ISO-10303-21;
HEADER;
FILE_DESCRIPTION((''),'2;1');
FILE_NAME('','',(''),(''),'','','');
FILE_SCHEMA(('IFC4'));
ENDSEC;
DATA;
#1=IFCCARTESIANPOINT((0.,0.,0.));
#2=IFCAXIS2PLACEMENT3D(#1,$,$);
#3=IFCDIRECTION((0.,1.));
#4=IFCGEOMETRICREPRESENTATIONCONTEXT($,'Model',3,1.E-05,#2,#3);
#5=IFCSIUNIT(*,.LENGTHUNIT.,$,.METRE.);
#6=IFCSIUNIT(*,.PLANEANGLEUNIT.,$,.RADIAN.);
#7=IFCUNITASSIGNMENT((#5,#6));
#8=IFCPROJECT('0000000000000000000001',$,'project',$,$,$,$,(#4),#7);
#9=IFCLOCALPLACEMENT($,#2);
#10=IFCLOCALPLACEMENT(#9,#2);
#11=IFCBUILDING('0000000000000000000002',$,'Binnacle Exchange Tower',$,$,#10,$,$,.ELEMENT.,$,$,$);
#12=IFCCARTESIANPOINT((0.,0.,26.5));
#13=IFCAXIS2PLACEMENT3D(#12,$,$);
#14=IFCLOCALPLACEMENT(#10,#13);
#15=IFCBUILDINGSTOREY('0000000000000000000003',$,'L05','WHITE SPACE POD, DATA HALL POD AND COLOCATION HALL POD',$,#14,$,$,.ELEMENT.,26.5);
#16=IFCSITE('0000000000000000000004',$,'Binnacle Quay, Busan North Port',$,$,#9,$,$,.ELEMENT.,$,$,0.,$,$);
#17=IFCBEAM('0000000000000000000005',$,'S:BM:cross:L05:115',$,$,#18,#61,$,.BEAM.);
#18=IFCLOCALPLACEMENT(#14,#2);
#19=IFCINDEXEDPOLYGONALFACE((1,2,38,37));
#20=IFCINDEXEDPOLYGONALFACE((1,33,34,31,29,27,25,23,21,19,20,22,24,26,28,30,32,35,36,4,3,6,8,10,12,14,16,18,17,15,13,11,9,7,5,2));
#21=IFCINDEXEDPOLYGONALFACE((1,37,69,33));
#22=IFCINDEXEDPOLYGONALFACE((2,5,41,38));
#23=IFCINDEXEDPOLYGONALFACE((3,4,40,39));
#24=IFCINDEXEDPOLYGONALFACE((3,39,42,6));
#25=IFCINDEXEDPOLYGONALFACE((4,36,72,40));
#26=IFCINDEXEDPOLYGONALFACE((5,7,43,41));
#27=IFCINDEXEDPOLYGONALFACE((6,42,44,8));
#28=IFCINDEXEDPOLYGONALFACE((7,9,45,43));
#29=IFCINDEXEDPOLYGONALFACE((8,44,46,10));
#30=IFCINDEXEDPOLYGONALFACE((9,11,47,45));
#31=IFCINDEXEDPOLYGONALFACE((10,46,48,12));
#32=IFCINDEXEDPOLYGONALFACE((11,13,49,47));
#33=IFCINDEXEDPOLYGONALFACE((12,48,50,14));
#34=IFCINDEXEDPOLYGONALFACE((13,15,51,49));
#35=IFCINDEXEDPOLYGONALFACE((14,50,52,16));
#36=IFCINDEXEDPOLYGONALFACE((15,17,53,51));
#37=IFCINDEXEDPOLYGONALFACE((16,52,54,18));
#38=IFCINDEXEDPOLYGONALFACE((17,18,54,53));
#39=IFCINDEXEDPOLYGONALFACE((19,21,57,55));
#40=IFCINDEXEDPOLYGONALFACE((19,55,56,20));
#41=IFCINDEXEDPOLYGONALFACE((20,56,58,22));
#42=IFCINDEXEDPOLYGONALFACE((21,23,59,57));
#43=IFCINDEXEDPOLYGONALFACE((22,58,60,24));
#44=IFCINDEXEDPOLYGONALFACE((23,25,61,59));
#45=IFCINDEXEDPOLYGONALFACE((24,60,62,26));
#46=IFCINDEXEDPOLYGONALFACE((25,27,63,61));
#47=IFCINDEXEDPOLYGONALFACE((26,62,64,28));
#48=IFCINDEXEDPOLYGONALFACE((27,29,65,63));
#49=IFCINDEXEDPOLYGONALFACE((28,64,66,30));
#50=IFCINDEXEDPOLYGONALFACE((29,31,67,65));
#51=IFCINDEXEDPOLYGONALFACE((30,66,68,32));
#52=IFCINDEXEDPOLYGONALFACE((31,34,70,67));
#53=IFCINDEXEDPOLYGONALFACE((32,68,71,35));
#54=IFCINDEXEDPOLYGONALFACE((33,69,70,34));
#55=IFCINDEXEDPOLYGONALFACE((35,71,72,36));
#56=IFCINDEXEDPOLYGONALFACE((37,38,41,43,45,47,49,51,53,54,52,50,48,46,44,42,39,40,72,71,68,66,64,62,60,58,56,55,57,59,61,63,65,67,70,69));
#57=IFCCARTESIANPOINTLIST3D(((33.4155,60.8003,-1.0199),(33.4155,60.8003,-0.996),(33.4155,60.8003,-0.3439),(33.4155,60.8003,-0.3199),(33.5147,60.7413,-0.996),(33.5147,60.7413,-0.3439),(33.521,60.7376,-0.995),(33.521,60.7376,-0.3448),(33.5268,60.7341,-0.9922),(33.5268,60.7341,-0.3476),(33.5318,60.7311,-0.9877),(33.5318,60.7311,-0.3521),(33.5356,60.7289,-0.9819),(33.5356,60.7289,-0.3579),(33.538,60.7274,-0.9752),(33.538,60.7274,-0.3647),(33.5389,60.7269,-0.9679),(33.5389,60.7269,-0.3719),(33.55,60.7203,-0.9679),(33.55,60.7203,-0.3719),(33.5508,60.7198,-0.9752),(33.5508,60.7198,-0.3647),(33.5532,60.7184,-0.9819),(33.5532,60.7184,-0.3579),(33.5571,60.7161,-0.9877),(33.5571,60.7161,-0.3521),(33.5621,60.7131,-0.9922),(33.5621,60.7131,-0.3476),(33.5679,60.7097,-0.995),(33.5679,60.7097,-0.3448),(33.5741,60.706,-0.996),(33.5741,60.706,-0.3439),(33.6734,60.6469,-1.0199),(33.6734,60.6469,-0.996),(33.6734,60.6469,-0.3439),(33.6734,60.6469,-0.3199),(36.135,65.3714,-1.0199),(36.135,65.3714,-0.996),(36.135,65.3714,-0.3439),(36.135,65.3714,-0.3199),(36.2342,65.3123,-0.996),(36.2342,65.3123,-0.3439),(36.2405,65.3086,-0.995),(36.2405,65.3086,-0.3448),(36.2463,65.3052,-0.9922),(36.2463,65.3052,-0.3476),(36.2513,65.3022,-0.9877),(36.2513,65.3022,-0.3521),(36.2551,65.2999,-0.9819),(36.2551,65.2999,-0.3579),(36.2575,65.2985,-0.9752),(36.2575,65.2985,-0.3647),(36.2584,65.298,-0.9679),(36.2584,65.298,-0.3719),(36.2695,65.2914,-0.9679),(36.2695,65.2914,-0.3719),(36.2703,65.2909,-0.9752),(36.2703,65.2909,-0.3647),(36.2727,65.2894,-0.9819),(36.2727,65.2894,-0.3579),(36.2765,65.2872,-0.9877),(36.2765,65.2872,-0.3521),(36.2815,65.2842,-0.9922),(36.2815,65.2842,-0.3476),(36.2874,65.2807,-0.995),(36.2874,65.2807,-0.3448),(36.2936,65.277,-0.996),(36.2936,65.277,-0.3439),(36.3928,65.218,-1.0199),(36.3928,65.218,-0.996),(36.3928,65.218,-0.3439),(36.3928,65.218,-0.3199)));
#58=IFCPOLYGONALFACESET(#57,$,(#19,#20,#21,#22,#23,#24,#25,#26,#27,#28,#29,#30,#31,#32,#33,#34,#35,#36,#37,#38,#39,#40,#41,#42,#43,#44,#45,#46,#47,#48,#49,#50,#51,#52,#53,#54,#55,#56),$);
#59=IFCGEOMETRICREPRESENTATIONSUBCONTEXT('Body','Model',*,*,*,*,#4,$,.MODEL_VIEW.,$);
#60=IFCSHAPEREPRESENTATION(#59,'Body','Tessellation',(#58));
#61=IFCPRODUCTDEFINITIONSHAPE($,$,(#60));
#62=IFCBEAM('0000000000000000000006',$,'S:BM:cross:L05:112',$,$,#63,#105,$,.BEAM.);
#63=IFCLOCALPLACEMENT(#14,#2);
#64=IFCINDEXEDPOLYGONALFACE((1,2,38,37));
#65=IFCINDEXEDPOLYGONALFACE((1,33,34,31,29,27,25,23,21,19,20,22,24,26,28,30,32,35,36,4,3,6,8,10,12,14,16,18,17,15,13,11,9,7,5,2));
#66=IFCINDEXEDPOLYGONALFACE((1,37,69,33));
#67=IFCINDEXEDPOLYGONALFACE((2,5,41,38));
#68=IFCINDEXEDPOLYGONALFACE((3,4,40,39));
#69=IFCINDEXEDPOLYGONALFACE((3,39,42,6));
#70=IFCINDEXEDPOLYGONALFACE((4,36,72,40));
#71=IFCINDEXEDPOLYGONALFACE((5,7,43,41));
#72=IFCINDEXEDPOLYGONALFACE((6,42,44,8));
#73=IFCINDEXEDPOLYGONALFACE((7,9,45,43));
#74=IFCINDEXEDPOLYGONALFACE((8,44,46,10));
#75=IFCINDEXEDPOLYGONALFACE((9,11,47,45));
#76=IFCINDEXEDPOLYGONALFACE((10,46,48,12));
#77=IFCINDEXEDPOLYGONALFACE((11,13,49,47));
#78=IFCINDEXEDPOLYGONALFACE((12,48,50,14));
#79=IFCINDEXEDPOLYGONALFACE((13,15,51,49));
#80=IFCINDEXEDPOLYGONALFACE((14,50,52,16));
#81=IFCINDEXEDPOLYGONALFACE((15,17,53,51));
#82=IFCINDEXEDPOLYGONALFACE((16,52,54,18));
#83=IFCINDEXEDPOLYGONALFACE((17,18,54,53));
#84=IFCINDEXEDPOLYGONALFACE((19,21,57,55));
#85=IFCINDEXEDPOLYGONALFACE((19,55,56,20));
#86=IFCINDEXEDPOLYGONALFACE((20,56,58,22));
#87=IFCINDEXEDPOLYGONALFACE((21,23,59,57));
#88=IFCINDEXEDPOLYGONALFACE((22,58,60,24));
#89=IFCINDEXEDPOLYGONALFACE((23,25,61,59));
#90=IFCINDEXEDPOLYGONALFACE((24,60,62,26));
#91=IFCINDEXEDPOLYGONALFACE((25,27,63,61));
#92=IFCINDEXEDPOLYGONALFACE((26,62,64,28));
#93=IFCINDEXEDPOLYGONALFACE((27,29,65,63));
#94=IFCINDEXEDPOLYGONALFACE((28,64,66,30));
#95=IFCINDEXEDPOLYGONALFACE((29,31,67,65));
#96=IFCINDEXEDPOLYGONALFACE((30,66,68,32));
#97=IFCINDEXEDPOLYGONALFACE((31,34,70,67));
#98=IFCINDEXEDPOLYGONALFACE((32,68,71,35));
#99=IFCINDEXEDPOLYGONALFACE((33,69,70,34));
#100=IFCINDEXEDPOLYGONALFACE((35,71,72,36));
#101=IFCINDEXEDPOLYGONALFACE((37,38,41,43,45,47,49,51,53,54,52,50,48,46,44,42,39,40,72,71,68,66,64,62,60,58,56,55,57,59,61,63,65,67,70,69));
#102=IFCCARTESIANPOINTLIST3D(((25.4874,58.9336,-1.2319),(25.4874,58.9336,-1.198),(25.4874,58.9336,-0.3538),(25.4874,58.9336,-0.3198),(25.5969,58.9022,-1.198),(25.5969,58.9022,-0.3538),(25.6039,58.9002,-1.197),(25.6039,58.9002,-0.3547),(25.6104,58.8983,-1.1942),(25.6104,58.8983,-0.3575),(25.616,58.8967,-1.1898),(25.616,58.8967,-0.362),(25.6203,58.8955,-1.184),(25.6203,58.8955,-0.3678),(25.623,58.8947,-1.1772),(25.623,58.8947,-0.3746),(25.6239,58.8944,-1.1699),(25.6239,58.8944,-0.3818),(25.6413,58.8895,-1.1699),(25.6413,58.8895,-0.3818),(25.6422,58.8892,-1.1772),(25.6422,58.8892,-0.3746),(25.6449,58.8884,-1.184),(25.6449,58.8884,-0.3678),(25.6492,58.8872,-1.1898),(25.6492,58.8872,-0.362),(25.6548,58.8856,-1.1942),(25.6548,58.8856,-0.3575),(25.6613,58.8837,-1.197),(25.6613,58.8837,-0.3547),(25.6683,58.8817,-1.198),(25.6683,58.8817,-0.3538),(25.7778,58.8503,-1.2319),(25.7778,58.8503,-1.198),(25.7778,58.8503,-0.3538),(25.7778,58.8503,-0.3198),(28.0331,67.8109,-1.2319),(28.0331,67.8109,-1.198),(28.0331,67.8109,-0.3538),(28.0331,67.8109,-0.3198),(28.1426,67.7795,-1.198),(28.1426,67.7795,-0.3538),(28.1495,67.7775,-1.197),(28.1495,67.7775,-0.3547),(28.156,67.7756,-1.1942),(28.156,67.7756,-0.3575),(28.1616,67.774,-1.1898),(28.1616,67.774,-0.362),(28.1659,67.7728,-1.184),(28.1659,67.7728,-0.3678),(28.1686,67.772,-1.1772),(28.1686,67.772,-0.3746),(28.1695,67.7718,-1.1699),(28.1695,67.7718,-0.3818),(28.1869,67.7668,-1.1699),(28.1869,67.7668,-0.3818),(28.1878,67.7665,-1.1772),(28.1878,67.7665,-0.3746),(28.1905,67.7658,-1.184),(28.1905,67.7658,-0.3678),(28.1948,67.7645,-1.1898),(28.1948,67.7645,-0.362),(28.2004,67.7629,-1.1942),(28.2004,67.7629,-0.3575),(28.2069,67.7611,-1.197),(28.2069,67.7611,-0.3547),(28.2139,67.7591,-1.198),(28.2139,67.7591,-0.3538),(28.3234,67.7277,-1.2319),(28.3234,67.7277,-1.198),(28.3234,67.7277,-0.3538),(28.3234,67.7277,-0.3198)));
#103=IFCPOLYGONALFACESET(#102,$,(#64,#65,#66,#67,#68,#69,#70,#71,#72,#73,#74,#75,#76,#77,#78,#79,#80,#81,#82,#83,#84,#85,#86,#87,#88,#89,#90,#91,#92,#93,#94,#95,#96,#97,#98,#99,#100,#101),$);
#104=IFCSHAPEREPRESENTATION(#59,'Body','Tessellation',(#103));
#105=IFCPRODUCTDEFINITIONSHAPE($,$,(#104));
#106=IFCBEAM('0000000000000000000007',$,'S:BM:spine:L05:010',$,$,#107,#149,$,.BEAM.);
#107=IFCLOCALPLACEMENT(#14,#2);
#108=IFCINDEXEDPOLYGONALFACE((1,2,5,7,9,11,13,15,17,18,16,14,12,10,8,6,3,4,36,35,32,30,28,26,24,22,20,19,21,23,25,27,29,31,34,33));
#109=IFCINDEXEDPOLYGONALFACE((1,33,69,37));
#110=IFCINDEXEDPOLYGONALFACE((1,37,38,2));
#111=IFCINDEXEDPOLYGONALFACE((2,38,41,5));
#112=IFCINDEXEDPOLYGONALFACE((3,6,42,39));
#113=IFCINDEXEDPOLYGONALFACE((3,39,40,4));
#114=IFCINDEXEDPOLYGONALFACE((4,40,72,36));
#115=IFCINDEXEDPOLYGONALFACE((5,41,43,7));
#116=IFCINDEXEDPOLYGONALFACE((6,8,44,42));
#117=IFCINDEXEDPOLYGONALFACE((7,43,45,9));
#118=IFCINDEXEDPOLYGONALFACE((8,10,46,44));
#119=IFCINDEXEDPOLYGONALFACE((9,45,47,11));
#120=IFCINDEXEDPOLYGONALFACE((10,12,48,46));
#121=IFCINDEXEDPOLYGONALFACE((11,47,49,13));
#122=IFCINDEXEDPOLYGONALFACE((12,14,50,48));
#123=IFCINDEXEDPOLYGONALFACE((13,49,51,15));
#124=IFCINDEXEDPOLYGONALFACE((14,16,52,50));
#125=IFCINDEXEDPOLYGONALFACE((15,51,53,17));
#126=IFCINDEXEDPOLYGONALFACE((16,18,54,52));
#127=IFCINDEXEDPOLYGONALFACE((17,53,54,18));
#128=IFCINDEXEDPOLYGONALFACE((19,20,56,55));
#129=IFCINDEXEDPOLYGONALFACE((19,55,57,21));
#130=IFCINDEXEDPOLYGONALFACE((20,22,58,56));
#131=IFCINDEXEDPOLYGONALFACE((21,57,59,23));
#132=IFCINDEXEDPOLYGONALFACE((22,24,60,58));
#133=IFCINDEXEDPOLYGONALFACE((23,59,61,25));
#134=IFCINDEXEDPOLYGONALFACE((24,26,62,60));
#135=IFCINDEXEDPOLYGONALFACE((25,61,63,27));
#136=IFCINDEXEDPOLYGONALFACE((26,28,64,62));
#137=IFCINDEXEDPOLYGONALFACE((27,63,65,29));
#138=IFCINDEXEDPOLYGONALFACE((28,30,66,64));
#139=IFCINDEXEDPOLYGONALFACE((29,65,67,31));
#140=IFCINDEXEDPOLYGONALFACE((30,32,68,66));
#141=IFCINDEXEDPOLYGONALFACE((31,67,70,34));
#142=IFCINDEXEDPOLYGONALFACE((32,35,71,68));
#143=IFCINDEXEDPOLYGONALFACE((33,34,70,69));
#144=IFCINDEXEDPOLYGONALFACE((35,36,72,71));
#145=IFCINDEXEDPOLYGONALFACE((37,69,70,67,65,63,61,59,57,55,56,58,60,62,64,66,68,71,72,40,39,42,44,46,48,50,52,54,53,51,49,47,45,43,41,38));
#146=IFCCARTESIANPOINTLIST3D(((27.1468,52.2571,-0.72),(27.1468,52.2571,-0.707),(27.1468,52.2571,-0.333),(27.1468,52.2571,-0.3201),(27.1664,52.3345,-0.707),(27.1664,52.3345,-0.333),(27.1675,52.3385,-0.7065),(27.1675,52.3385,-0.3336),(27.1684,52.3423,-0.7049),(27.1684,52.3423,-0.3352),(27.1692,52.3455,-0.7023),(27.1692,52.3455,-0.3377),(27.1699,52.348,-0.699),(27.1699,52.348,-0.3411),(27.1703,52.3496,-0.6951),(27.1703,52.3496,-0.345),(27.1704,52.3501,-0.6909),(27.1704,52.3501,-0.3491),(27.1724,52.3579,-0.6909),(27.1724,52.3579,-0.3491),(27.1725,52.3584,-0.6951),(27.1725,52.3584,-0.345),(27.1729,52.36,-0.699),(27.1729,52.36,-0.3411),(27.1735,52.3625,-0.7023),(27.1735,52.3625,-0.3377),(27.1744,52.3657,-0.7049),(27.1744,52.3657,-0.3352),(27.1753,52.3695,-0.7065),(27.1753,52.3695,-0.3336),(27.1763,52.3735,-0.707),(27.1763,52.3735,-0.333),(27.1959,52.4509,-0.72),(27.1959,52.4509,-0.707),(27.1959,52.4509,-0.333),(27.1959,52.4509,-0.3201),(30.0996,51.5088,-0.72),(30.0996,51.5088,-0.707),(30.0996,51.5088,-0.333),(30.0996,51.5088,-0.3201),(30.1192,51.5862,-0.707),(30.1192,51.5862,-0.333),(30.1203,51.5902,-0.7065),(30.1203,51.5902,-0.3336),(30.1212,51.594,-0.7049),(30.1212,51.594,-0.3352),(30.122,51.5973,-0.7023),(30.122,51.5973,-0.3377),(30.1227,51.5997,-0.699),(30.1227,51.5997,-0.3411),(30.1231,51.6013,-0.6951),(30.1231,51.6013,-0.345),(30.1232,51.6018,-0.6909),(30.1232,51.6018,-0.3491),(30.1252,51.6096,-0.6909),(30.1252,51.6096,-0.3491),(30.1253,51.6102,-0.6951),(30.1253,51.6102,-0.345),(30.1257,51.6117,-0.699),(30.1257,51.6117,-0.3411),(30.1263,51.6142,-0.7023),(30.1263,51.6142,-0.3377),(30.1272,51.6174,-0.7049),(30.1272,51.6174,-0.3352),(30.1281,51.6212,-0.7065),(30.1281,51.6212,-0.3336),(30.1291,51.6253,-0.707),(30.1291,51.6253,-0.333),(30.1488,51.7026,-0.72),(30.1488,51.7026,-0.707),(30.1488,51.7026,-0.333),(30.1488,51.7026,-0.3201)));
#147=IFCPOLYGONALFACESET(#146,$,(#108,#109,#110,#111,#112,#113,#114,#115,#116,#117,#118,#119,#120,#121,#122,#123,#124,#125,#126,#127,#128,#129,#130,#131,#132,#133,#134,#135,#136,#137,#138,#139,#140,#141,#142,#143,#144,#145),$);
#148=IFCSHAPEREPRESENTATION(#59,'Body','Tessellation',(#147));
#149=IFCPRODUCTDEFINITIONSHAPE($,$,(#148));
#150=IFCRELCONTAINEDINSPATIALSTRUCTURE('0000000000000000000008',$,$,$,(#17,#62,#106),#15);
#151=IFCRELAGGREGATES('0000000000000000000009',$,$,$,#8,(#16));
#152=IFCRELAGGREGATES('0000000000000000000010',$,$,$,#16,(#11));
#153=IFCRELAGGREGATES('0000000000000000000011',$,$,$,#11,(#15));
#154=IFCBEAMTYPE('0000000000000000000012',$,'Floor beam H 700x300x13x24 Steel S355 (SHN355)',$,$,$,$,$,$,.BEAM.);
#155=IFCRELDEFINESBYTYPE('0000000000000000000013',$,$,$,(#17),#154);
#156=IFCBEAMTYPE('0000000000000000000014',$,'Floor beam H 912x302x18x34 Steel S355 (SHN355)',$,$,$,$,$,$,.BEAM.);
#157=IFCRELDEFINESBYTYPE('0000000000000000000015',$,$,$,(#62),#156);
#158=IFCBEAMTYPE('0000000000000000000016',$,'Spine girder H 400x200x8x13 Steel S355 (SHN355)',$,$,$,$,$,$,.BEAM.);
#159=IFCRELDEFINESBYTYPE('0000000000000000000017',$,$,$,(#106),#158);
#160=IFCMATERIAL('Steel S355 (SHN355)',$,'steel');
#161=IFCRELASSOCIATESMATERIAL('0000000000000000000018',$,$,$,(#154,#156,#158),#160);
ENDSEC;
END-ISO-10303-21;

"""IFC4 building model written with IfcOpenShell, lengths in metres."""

from ifc_helpers import new_model, si_unit, direction, frame, origin, origin_2d, place, context, subcontext, project, spatial, i_section, extrude, material, material_profile, profile_set, type_object, element, save


model = new_model("IFC4")

# Units and contexts
model_context = context("Model", 3, precision=1e-05, world=origin(), true_north=direction((0.0, 1.0)))
body_context = subcontext(model_context, "Body", "Model", "MODEL_VIEW")
ifc_project = project(units=[si_unit("LENGTHUNIT", "METRE"), si_unit("PLANEANGLEUNIT", "RADIAN")], contexts=[model_context])

# Site, building, storey
site_placement = place(None, origin())
site = spatial("IfcSite", under=ifc_project, at=site_placement, Name="Binnacle Quay, Busan North Port", CompositionType="ELEMENT", RefElevation=0.0)
building_placement = place(site_placement, origin())
building = spatial("IfcBuilding", under=site, at=building_placement, Name="Binnacle Exchange Tower", CompositionType="ELEMENT")
storey_placement = place(building_placement, frame((0.0, 0.0, 26.5)))
storey = spatial("IfcBuildingStorey", under=building, at=storey_placement, Name="L05", Description="WHITE SPACE POD, DATA HALL POD AND COLOCATION HALL POD", CompositionType="ELEMENT", Elevation=26.5)

# Beams
ifc_material_1 = material(Name="Steel S355 (SHN355)", Category="steel")
ifc_material_profile_1 = material_profile(ifc_material_1, i_section(OverallWidth=0.3, OverallDepth=0.7, WebThickness=0.0129, FlangeThickness=0.0239, FilletRadius=0.0281, at=origin_2d()), Name="H 700x300x13x24")
ifc_profile_set_1 = profile_set([ifc_material_profile_1], Name="Steel S355 (SHN355)")
beam_type_1 = type_object("IfcBeamType", Name="Floor beam H 700x300x13x24 Steel S355 (SHN355)", PredefinedType="BEAM", material=ifc_profile_set_1)
beam_1_placement = place(storey_placement, frame((36.2639, 65.2947, -0.6699), z_axis=(-0.511293, -0.859407, 0.0), x_axis=(0.859407, -0.511293, 0.0)))
element("IfcBeam", 1, at=beam_1_placement, inside=storey, type_object=beam_type_1, Name="S:BM:cross:L05:115", PredefinedType="BEAM", context=body_context, shape_type="SweptSolid", body=[
    extrude(i_section(OverallWidth=0.3, OverallDepth=0.7, WebThickness=0.0129, FlangeThickness=0.0239, FilletRadius=0.0281, at=origin_2d()), origin(), (0.0, 0.0, 1.0), 5.3188),
])
ifc_material_profile_2 = material_profile(ifc_material_1, i_section(OverallWidth=0.302, OverallDepth=0.9121, WebThickness=0.0181, FlangeThickness=0.0339, FilletRadius=0.0281, at=origin_2d()), Name="H 912x302x18x34")
ifc_profile_set_2 = profile_set([ifc_material_profile_2], Name="Steel S355 (SHN355)")
beam_type_2 = type_object("IfcBeamType", Name="Floor beam H 912x302x18x34 Steel S355 (SHN355)", PredefinedType="BEAM", material=ifc_profile_set_2)
beam_2_placement = place(storey_placement, frame((28.1782, 67.7693, -0.7759), z_axis=(-0.275646, -0.961259, 0.0), x_axis=(0.961259, -0.275646, 0.0)))
element("IfcBeam", 2, at=beam_2_placement, inside=storey, type_object=beam_type_2, Name="S:BM:cross:L05:112", PredefinedType="BEAM", context=body_context, shape_type="SweptSolid", body=[
    extrude(i_section(OverallWidth=0.302, OverallDepth=0.9121, WebThickness=0.0181, FlangeThickness=0.0339, FilletRadius=0.0281, at=origin_2d()), origin(), (0.0, 0.0, 1.0), 9.2351),
])
ifc_material_profile_3 = material_profile(ifc_material_1, i_section(OverallWidth=0.2, OverallDepth=0.3999, WebThickness=0.0081, FlangeThickness=0.0129, FilletRadius=0.0161, at=origin_2d()), Name="H 400x200x8x13")
ifc_profile_set_3 = profile_set([ifc_material_profile_3], Name="Steel S355 (SHN355)")
beam_type_3 = type_object("IfcBeamType", Name="Spine girder H 400x200x8x13 Steel S355 (SHN355)", PredefinedType="BEAM", material=ifc_profile_set_3)
beam_3_placement = place(storey_placement, frame((27.1714, 52.354, -0.52), z_axis=(0.96936, -0.245646, 0.0), x_axis=(0.245646, 0.96936, 0.0)))
element("IfcBeam", 3, at=beam_3_placement, inside=storey, type_object=beam_type_3, Name="S:BM:spine:L05:010", PredefinedType="BEAM", context=body_context, shape_type="SweptSolid", body=[
    extrude(i_section(OverallWidth=0.2, OverallDepth=0.3999, WebThickness=0.0081, FlangeThickness=0.0129, FilletRadius=0.0161, at=origin_2d()), origin(), (0.0, 0.0, 1.0), 3.0461),
])

save(model, "model.ifc")
